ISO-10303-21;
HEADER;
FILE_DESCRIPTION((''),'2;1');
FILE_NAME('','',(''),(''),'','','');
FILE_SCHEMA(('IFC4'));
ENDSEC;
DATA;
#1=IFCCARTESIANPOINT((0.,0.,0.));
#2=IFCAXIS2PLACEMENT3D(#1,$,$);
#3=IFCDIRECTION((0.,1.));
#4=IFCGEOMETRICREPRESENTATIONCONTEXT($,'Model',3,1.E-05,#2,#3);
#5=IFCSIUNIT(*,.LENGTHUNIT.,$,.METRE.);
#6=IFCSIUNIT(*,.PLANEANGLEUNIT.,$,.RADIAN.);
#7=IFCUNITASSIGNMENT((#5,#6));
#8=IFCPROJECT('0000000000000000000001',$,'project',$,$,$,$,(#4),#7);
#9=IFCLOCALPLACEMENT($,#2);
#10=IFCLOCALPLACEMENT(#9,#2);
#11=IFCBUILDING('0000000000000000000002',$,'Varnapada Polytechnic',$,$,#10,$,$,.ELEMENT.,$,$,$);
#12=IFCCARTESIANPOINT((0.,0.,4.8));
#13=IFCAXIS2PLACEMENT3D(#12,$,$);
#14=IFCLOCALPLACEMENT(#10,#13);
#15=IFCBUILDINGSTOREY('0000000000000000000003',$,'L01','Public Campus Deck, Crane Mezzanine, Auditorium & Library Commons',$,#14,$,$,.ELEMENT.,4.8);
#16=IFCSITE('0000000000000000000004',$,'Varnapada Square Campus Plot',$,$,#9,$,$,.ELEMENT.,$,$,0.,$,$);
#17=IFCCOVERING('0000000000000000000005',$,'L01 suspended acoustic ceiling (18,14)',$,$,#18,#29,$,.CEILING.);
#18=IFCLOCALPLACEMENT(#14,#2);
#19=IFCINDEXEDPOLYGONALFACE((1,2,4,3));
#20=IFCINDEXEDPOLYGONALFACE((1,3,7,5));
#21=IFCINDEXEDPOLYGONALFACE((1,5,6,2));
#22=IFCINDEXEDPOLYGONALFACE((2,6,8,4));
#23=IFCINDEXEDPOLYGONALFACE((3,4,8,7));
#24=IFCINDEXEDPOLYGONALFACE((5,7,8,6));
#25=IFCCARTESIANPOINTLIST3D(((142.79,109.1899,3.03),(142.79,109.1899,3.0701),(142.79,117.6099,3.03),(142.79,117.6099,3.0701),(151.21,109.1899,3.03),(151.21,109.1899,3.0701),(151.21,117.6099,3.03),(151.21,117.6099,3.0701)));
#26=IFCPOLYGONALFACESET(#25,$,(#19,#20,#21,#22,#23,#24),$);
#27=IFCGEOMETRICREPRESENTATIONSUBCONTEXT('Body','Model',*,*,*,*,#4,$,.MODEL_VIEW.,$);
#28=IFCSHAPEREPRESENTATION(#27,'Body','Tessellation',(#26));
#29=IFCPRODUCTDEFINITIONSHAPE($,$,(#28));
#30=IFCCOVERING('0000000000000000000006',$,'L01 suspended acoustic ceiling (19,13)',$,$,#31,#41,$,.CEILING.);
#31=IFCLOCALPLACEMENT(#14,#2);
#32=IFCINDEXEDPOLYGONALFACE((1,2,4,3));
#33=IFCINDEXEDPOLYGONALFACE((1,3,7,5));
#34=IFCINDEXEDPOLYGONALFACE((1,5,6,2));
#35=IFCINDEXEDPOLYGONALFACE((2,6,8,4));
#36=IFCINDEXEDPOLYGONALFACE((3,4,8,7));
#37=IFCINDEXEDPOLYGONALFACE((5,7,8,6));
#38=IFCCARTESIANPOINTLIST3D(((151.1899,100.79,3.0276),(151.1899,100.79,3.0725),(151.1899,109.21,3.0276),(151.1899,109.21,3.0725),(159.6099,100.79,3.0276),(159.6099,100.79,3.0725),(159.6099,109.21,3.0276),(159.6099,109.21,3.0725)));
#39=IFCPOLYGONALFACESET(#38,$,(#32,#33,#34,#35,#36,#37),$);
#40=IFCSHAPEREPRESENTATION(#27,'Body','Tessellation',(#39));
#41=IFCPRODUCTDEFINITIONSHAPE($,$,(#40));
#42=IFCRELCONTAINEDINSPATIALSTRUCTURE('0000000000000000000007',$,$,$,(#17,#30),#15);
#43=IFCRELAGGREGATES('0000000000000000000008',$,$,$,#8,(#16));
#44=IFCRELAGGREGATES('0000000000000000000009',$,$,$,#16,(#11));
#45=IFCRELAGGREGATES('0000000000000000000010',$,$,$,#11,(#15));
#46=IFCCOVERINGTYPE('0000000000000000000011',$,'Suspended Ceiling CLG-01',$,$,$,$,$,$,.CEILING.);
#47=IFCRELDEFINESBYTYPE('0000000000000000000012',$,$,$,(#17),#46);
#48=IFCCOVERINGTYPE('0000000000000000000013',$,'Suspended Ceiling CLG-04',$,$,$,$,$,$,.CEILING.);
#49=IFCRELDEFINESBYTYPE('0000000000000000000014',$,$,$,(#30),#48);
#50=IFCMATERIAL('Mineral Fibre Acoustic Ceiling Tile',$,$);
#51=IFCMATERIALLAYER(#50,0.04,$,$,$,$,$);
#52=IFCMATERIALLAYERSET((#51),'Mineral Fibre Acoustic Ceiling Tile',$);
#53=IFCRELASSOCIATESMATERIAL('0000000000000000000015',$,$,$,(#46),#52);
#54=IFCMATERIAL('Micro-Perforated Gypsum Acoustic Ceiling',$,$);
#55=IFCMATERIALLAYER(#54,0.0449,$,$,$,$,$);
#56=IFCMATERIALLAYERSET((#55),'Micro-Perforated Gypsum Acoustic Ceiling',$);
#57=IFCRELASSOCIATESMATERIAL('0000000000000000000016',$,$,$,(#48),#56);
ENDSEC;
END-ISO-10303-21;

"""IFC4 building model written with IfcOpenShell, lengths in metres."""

from ifc_helpers import new_model, si_unit, direction, frame, origin, origin_2d, place, context, subcontext, project, spatial, rectangle, extrude, material, layer, layer_set, type_object, element, save


model = new_model("IFC4")

# Units and contexts
model_context = context("Model", 3, precision=1e-05, world=origin(), true_north=direction((0.0, 1.0)))
body_context = subcontext(model_context, "Body", "Model", "MODEL_VIEW")
ifc_project = project(units=[si_unit("LENGTHUNIT", "METRE"), si_unit("PLANEANGLEUNIT", "RADIAN")], contexts=[model_context])

# Site, building, storey
site_placement = place(None, origin())
site = spatial("IfcSite", under=ifc_project, at=site_placement, Name="Varnapada Square Campus Plot", CompositionType="ELEMENT", RefElevation=0.0)
building_placement = place(site_placement, origin())
building = spatial("IfcBuilding", under=site, at=building_placement, Name="Varnapada Polytechnic", CompositionType="ELEMENT")
storey_placement = place(building_placement, frame((0.0, 0.0, 4.8)))
storey = spatial("IfcBuildingStorey", under=building, at=storey_placement, Name="L01", Description="Public Campus Deck, Crane Mezzanine, Auditorium & Library Commons", CompositionType="ELEMENT", Elevation=4.8)

# Coverings
ifc_material_1 = material(Name="Mineral Fibre Acoustic Ceiling Tile")
ifc_layer_1 = layer(ifc_material_1, 0.04)
ifc_layer_set_1 = layer_set([ifc_layer_1], Name="Mineral Fibre Acoustic Ceiling Tile")
covering_type_1 = type_object("IfcCoveringType", Name="Suspended Ceiling CLG-01", PredefinedType="CEILING", material=ifc_layer_set_1)
covering_1_placement = place(storey_placement, frame((147.0, 113.3999, 3.03), z_axis=(0.0, 0.0, 1.0), x_axis=(1.0, 0.0, 0.0)))
element("IfcCovering", 1, at=covering_1_placement, inside=storey, type_object=covering_type_1, Name="L01 suspended acoustic ceiling (18,14)", PredefinedType="CEILING", context=body_context, shape_type="SweptSolid", body=[
    extrude(rectangle(XDim=8.4199, YDim=8.4199, at=origin_2d()), origin(), (0.0, 0.0, 1.0), 0.04),
])
ifc_material_2 = material(Name="Micro-Perforated Gypsum Acoustic Ceiling")
ifc_layer_2 = layer(ifc_material_2, 0.0449)
ifc_layer_set_2 = layer_set([ifc_layer_2], Name="Micro-Perforated Gypsum Acoustic Ceiling")
covering_type_2 = type_object("IfcCoveringType", Name="Suspended Ceiling CLG-04", PredefinedType="CEILING", material=ifc_layer_set_2)
covering_2_placement = place(storey_placement, frame((155.3999, 105.0, 3.0276), z_axis=(0.0, 0.0, 1.0), x_axis=(1.0, 0.0, 0.0)))
element("IfcCovering", 2, at=covering_2_placement, inside=storey, type_object=covering_type_2, Name="L01 suspended acoustic ceiling (19,13)", PredefinedType="CEILING", context=body_context, shape_type="SweptSolid", body=[
    extrude(rectangle(XDim=8.4199, YDim=8.4199, at=origin_2d()), origin(), (0.0, 0.0, 1.0), 0.0449),
])

save(model, "model.ifc")
